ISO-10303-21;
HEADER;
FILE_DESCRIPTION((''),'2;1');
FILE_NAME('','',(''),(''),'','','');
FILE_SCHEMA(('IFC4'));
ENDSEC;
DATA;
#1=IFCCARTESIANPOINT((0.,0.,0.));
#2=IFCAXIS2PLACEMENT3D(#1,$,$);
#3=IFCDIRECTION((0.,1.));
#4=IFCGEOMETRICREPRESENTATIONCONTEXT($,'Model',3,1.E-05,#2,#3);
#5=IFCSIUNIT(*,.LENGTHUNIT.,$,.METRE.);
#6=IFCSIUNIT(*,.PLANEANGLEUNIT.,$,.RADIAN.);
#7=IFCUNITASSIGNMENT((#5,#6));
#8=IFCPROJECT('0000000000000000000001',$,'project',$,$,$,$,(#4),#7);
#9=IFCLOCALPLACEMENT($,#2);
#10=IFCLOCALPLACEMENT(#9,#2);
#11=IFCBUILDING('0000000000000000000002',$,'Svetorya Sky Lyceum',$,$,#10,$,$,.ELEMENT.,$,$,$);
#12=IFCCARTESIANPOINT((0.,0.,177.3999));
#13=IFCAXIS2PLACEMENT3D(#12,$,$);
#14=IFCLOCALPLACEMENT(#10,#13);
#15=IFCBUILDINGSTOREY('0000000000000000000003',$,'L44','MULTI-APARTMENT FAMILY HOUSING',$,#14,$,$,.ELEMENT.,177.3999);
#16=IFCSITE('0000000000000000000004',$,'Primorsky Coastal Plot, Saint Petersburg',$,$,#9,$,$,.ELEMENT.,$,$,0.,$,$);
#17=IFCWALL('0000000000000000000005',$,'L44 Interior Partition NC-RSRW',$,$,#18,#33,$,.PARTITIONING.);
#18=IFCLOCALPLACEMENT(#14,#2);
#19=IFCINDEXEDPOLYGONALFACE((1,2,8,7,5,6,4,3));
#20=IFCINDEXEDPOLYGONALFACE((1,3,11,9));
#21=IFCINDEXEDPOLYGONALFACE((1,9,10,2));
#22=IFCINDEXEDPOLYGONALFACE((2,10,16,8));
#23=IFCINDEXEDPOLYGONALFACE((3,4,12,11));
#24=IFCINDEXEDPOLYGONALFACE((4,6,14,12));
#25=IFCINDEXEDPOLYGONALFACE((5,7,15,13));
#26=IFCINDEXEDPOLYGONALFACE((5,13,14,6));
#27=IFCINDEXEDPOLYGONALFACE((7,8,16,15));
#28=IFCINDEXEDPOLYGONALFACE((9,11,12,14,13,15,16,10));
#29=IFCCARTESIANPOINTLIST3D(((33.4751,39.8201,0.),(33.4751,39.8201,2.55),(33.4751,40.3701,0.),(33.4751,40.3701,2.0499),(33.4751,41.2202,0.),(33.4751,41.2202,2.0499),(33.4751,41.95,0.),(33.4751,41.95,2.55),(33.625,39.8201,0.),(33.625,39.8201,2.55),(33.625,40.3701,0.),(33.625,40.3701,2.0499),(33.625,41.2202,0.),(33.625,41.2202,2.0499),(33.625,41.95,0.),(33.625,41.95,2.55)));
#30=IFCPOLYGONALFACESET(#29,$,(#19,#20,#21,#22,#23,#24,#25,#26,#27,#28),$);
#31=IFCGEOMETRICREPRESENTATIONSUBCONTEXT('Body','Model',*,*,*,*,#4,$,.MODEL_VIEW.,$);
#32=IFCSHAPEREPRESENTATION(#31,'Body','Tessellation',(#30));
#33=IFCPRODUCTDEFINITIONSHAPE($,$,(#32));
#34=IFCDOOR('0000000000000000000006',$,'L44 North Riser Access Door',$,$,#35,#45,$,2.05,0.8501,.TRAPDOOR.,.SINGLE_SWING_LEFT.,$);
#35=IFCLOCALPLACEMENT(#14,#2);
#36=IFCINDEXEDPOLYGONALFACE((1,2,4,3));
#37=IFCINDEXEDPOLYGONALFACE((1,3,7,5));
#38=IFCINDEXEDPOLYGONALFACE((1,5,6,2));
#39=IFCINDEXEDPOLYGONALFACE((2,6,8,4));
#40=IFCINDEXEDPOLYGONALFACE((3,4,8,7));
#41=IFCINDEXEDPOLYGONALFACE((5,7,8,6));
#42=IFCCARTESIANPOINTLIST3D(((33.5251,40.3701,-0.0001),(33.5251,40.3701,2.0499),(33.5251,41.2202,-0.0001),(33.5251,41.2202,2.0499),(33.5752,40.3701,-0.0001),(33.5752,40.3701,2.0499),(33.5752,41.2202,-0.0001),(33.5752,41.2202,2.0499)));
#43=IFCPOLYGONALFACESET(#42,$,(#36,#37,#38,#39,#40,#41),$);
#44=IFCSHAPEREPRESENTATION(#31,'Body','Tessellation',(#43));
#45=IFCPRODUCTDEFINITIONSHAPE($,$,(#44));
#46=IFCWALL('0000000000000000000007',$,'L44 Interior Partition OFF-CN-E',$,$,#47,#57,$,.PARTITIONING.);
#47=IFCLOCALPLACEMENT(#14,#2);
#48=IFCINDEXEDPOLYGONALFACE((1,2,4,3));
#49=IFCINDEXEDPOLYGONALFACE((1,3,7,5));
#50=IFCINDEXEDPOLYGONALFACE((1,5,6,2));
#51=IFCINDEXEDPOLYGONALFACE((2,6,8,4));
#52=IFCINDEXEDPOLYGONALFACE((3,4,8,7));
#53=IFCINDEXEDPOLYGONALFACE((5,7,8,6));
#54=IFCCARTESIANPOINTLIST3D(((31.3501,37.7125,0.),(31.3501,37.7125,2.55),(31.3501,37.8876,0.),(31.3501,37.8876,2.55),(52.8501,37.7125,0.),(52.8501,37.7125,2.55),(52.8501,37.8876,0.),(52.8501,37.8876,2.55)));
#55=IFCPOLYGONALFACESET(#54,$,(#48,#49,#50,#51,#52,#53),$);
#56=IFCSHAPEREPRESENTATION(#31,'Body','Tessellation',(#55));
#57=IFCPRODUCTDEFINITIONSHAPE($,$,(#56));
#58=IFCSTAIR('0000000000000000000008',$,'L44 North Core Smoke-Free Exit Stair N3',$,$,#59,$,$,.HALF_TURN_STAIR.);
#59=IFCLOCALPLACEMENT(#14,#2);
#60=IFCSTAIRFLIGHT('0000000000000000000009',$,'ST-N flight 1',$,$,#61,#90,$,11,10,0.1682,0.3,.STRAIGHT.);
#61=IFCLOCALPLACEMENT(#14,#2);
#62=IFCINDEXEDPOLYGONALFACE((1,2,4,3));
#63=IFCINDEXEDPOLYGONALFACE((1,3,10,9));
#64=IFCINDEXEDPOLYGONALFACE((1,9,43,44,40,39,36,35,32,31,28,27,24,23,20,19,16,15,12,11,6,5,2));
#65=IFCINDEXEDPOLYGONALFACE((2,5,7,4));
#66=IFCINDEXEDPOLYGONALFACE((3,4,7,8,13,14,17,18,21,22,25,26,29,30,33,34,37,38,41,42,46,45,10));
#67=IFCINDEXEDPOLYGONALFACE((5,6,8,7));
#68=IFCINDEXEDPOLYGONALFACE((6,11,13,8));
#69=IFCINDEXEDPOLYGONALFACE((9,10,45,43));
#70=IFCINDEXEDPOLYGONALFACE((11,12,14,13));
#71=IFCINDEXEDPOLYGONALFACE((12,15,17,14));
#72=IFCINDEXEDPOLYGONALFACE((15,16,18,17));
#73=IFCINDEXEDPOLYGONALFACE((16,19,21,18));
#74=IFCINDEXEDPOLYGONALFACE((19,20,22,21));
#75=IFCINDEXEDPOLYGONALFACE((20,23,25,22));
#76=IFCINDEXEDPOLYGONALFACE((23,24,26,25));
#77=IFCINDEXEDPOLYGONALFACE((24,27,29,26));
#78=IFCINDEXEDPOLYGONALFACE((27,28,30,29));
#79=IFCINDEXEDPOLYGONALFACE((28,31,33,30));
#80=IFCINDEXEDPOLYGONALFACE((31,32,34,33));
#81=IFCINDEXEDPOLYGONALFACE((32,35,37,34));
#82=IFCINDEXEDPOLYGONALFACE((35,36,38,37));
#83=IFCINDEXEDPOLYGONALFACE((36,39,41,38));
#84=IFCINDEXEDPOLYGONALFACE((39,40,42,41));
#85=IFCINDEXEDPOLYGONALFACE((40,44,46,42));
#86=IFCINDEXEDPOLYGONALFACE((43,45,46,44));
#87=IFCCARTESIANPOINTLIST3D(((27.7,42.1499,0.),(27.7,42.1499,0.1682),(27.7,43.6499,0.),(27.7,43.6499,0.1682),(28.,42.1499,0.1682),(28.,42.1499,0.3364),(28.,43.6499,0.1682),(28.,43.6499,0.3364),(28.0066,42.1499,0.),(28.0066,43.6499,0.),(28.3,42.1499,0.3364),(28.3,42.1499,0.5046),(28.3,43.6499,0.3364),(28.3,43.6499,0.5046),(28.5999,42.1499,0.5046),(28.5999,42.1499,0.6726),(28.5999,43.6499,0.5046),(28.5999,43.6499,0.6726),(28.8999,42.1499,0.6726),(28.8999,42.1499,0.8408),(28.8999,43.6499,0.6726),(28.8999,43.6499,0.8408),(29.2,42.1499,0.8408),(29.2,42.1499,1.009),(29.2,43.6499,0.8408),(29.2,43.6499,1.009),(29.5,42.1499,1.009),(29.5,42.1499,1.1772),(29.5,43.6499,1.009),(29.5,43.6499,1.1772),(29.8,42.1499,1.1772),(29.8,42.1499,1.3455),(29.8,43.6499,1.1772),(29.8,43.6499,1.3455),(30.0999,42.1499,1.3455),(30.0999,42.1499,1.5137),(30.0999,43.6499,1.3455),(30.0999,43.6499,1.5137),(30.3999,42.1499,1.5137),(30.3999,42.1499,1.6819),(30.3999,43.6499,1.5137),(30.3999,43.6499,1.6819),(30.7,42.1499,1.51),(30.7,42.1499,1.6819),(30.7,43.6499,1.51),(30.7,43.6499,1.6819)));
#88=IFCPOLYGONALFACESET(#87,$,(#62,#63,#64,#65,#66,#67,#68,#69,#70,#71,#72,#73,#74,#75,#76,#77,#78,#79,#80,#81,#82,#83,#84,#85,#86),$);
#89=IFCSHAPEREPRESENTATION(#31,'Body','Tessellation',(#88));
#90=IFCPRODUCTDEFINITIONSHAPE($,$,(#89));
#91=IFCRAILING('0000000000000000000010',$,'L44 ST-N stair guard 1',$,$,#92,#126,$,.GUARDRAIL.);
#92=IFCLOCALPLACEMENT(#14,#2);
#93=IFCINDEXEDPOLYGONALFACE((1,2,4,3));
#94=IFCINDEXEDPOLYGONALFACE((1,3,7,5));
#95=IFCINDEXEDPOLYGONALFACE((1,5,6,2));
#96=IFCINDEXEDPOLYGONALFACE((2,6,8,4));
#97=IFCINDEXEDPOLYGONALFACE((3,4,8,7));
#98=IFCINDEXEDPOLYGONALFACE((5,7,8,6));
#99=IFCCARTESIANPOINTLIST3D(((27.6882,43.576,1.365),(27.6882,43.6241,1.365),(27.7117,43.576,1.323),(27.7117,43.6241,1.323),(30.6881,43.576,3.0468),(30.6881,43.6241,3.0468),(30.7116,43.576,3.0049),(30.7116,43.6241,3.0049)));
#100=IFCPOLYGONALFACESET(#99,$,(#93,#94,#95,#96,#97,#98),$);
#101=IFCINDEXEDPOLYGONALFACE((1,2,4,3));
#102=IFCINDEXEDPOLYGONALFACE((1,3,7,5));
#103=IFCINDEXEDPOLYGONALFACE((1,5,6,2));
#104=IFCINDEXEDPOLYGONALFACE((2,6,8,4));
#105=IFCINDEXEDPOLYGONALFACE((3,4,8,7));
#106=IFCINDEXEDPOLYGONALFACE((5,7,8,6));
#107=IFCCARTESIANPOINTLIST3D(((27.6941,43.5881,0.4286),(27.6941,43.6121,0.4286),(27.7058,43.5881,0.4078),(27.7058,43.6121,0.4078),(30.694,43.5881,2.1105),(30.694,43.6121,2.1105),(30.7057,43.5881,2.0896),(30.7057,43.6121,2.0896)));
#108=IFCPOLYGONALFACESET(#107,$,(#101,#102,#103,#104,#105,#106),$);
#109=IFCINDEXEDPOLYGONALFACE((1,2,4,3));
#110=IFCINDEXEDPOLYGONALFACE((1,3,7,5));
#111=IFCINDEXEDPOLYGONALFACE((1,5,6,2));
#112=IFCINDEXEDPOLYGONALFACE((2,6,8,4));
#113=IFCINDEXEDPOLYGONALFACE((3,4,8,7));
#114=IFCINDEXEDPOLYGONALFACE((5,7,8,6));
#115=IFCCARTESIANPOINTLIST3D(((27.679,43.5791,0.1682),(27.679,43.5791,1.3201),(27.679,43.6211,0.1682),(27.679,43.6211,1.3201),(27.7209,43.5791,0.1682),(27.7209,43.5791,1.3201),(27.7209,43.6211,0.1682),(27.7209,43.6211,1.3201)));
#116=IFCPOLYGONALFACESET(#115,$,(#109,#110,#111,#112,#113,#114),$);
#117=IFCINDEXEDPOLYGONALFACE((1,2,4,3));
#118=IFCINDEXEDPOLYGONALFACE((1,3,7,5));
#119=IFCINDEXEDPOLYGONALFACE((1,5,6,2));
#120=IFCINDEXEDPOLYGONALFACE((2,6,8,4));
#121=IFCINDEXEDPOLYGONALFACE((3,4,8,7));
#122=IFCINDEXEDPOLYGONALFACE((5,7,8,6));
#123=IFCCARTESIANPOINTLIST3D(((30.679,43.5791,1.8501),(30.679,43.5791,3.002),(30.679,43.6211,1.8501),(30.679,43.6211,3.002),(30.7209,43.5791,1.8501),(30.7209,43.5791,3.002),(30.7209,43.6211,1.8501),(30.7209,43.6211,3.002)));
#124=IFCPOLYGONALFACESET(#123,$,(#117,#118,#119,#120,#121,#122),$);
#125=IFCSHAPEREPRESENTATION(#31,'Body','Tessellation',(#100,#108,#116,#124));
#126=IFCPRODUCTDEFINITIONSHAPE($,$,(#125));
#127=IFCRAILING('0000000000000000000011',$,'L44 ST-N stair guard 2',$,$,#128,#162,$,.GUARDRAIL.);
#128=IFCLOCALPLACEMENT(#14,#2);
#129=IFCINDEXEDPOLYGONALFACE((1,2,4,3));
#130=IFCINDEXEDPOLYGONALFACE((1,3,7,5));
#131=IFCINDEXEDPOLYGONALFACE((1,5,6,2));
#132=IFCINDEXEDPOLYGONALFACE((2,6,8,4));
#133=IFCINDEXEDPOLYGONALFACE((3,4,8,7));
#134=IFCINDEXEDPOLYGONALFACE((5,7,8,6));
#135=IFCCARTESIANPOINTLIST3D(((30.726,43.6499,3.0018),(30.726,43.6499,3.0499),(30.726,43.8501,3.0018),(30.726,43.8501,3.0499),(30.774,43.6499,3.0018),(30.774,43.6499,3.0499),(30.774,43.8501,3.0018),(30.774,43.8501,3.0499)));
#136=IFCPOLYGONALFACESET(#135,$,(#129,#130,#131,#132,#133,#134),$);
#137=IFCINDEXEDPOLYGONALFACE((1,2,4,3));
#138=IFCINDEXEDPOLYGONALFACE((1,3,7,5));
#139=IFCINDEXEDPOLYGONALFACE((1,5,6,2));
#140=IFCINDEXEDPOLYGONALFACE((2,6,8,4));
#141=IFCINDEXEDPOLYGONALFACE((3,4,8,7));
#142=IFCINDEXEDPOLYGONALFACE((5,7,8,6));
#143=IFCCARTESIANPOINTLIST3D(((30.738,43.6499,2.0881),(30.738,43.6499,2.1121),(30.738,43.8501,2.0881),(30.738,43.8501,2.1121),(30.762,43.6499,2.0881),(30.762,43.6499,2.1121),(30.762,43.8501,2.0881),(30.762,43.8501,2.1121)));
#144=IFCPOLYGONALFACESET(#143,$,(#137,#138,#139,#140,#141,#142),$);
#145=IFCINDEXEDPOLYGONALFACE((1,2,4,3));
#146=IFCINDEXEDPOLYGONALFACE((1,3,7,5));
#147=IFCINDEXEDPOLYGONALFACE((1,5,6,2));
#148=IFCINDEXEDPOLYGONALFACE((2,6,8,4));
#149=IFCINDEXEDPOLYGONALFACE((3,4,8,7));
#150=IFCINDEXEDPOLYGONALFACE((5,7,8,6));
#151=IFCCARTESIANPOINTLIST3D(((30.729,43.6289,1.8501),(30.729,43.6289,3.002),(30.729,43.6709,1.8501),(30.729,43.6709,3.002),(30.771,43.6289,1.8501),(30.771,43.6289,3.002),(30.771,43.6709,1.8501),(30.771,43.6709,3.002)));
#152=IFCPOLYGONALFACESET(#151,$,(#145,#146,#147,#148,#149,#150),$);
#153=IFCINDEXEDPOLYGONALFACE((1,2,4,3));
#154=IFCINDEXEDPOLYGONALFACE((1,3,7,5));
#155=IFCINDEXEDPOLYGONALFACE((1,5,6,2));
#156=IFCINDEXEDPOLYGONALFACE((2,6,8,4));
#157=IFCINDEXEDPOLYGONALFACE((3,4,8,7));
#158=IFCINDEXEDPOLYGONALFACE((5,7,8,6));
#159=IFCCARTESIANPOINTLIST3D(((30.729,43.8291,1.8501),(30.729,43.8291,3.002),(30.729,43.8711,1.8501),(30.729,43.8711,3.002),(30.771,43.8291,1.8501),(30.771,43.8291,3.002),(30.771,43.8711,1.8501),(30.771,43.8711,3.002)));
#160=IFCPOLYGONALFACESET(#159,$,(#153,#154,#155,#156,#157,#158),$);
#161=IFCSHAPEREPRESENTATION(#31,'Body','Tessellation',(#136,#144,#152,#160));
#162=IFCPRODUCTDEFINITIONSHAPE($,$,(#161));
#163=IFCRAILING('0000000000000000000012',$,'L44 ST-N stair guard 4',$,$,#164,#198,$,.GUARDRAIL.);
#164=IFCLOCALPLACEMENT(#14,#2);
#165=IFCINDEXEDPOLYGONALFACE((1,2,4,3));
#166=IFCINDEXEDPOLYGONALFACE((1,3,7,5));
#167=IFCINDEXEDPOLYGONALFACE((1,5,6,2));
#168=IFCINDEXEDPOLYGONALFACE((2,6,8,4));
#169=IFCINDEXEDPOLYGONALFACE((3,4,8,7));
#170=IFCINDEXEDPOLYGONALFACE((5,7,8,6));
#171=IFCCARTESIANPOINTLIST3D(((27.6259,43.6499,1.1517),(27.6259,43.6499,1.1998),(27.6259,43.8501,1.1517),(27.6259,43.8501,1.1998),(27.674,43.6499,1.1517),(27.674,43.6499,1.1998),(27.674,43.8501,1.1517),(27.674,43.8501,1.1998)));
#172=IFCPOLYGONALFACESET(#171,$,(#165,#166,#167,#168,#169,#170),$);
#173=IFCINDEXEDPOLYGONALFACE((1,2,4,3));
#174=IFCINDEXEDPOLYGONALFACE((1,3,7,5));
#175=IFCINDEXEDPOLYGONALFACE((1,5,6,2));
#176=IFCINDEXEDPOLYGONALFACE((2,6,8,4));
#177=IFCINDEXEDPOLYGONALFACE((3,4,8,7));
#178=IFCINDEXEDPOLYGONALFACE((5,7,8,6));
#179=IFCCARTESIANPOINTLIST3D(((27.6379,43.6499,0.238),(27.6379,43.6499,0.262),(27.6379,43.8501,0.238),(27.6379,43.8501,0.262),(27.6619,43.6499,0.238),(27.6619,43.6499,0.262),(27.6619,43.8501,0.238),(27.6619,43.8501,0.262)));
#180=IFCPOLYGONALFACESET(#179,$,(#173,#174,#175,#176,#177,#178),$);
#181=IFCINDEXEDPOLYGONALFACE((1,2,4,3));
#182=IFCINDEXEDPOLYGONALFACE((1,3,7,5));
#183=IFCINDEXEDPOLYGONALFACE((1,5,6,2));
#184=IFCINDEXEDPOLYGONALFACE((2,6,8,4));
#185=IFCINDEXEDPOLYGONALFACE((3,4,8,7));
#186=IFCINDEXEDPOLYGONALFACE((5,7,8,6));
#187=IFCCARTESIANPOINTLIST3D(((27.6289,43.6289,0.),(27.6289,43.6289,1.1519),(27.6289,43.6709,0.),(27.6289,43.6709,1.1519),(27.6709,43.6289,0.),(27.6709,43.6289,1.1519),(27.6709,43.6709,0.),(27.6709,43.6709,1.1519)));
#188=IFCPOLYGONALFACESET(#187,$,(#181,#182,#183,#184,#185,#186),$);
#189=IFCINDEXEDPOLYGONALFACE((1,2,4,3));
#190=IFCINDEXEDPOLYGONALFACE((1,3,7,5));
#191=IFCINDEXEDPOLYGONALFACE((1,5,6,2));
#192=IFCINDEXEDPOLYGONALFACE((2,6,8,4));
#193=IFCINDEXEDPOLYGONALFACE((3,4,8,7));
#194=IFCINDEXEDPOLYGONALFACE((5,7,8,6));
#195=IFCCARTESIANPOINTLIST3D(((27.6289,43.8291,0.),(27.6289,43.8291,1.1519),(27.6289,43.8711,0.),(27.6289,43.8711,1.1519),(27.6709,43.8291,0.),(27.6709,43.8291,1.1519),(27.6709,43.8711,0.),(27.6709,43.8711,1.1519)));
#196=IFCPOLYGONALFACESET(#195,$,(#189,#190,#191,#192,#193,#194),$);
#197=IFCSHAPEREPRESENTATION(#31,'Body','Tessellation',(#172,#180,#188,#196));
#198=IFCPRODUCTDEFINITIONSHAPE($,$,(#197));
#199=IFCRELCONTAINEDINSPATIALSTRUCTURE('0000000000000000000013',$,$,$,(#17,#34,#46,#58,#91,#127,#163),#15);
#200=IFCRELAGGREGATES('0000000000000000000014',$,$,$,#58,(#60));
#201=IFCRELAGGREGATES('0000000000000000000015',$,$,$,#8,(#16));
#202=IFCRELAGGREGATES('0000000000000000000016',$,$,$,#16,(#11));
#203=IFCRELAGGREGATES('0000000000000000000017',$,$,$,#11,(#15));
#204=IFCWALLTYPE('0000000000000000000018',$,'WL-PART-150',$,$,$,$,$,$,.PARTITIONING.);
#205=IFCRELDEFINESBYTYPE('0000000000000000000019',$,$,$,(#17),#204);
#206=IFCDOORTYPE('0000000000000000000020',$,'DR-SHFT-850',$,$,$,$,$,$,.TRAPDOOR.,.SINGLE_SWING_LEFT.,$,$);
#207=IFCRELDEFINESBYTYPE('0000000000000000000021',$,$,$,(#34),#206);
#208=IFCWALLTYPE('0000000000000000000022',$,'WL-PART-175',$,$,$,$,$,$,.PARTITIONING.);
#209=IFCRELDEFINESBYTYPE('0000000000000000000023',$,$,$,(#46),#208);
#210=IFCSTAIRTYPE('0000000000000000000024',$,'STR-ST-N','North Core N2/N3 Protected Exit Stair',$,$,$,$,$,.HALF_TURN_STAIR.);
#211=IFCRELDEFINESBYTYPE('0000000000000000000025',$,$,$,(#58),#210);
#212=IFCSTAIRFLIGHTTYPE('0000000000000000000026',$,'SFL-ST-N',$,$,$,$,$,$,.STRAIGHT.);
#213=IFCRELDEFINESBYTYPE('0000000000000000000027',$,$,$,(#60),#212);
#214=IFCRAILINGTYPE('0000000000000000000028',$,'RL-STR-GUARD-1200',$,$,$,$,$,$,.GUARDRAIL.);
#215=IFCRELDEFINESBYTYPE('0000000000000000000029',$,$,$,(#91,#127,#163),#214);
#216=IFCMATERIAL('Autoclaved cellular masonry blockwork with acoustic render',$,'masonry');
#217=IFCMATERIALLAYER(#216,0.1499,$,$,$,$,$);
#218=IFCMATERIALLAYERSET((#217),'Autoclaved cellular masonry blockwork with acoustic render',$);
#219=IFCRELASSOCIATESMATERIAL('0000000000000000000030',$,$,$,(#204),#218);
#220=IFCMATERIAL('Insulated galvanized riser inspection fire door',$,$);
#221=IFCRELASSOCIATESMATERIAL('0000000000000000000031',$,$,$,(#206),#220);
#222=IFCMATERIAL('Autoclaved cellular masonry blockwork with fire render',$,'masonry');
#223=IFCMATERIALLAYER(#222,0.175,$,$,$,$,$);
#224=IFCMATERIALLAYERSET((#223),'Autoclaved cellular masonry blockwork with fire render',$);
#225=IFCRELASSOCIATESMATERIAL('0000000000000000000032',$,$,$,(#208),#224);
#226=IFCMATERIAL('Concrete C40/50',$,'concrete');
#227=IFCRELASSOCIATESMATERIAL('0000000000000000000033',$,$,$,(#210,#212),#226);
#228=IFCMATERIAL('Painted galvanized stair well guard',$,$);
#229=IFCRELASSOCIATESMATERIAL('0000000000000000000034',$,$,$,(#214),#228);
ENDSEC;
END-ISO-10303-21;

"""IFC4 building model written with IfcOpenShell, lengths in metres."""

from ifc_helpers import new_model, si_unit, direction, frame, frame_2d, origin, origin_2d, place, context, subcontext, project, spatial, polyline, rectangle, outline, extrude, material, layer, layer_set, type_object, element, fill, aggregate, save


model = new_model("IFC4")

# Units and contexts
model_context = context("Model", 3, precision=1e-05, world=origin(), true_north=direction((0.0, 1.0)))
body_context = subcontext(model_context, "Body", "Model", "MODEL_VIEW")
ifc_project = project(units=[si_unit("LENGTHUNIT", "METRE"), si_unit("PLANEANGLEUNIT", "RADIAN")], contexts=[model_context])

# Site, building, storey
site_placement = place(None, origin())
site = spatial("IfcSite", under=ifc_project, at=site_placement, Name="Primorsky Coastal Plot, Saint Petersburg", CompositionType="ELEMENT", RefElevation=0.0)
building_placement = place(site_placement, origin())
building = spatial("IfcBuilding", under=site, at=building_placement, Name="Svetorya Sky Lyceum", CompositionType="ELEMENT")
storey_placement = place(building_placement, frame((0.0, 0.0, 177.3999)))
storey = spatial("IfcBuildingStorey", under=building, at=storey_placement, Name="L44", Description="MULTI-APARTMENT FAMILY HOUSING", CompositionType="ELEMENT", Elevation=177.3999)

# Shared definitions
ifc_material_1 = material(Name="Concrete C40/50", Category="concrete")

# Wall, opening, door
ifc_material_2 = material(Name="Autoclaved cellular masonry blockwork with acoustic render", Category="masonry")
ifc_layer_1 = layer(ifc_material_2, 0.1499)
ifc_layer_set_1 = layer_set([ifc_layer_1], Name="Autoclaved cellular masonry blockwork with acoustic render")
wall_type_1 = type_object("IfcWallType", Name="WL-PART-150", PredefinedType="PARTITIONING", material=ifc_layer_set_1)
wall_1_placement = place(storey_placement, frame((33.55, 39.8201, 0.0), z_axis=(0.0, 0.0, 1.0), x_axis=(0.0, 1.0, 0.0)))
wall_1 = element("IfcWall", 1, at=wall_1_placement, inside=storey, type_object=wall_type_1, Name="L44 Interior Partition NC-RSRW", PredefinedType="PARTITIONING", context=body_context, shape_type="SweptSolid", body=[
    extrude(rectangle(XDim=2.1299, YDim=0.1499, at=frame_2d((1.0649, 0.0))), origin(), (0.0, 0.0, 1.0), 2.55),
])
opening_placement = place(wall_1_placement, frame((0.55, 0.0, 0.0)))
opening = element("IfcOpeningElement", 2, at=opening_placement, cuts=wall_1, PredefinedType="OPENING", context=body_context, shape_type="SweptSolid", body=[
    extrude(rectangle(XDim=0.8501, YDim=2.05, at=frame_2d((0.425, 1.0249))), frame((0.0, 0.085, 0.0), z_axis=(0.0, -1.0, 0.0), x_axis=(1.0, 0.0, 0.0)), (0.0, 0.0, 1.0), 0.1699),
])
ifc_material_3 = material(Name="Insulated galvanized riser inspection fire door")
door_type = type_object("IfcDoorType", Name="DR-SHFT-850", OperationType="SINGLE_SWING_LEFT", PredefinedType="TRAPDOOR", material=ifc_material_3)
door_placement = place(opening_placement, origin())
door = element("IfcDoor", 3, at=door_placement, inside=storey, type_object=door_type, Name="L44 North Riser Access Door", OperationType="SINGLE_SWING_LEFT", OverallHeight=2.05, OverallWidth=0.8501, PredefinedType="TRAPDOOR", context=body_context, shape_type="SweptSolid", body=[
    extrude(rectangle(XDim=0.8501, YDim=2.05, at=frame_2d((0.425, 1.0249))), frame((0.0, 0.0249, 0.0), z_axis=(0.0, -1.0, 0.0), x_axis=(1.0, 0.0, 0.0)), (0.0, 0.0, 1.0), 0.05),
])
fill(opening, door)

# Wall
ifc_material_4 = material(Name="Autoclaved cellular masonry blockwork with fire render", Category="masonry")
ifc_layer_2 = layer(ifc_material_4, 0.175)
ifc_layer_set_2 = layer_set([ifc_layer_2], Name="Autoclaved cellular masonry blockwork with fire render")
wall_type_2 = type_object("IfcWallType", Name="WL-PART-175", PredefinedType="PARTITIONING", material=ifc_layer_set_2)
wall_2_placement = place(storey_placement, frame((31.3501, 37.8, 0.0), z_axis=(0.0, 0.0, 1.0), x_axis=(1.0, 0.0, 0.0)))
element("IfcWall", 4, at=wall_2_placement, inside=storey, type_object=wall_type_2, Name="L44 Interior Partition OFF-CN-E", PredefinedType="PARTITIONING", context=body_context, shape_type="SweptSolid", body=[
    extrude(rectangle(XDim=21.5, YDim=0.175, at=frame_2d((10.75, 0.0))), origin(), (0.0, 0.0, 1.0), 2.55),
])

# Stair, stair flight
stair_type = type_object("IfcStairType", Name="STR-ST-N", Description="North Core N2/N3 Protected Exit Stair", PredefinedType="HALF_TURN_STAIR", material=ifc_material_1)
stair_placement = place(storey_placement, origin())
stair = element("IfcStair", 5, at=stair_placement, inside=storey, type_object=stair_type, Name="L44 North Core Smoke-Free Exit Stair N3", PredefinedType="HALF_TURN_STAIR")
stair_flight_type = type_object("IfcStairFlightType", Name="SFL-ST-N", PredefinedType="STRAIGHT", material=ifc_material_1)
stair_flight_placement = place(storey_placement, frame((27.7, 42.8999, 0.0), z_axis=(0.0, 0.0, 1.0), x_axis=(1.0, 0.0, 0.0)))
stair_flight = element("IfcStairFlight", 6, at=stair_flight_placement, type_object=stair_flight_type, Name="ST-N flight 1", NumberOfRisers=11, NumberOfTreads=10, PredefinedType="STRAIGHT", RiserHeight=0.1682, TreadLength=0.3, context=body_context, shape_type="SweptSolid", body=[
    extrude(outline(polyline([(0.0, 0.0), (0.0, 0.1682), (0.3, 0.1682), (0.3, 0.3364), (0.6001, 0.3364), (0.6001, 0.5046), (0.8999, 0.5046), (0.8999, 0.6726), (1.2, 0.6726), (1.2, 0.8408), (1.5, 0.8408), (1.5, 1.009), (1.8, 1.009), (1.8, 1.1772), (2.1001, 1.1772), (2.1001, 1.3455), (2.3999, 1.3455), (2.3999, 1.5137), (2.7, 1.5137), (2.7, 1.6819), (3.0, 1.6819), (3.0, 1.8501), (3.0, 1.51), (0.3066, 0.0), (0.0, 0.0)])), frame((0.0, 0.75, 0.0), z_axis=(0.0, -1.0, 0.0), x_axis=(1.0, 0.0, 0.0)), (0.0, 0.0, 1.0), 1.5),
])
aggregate(stair, [stair_flight])

# Railings
ifc_material_5 = material(Name="Painted galvanized stair well guard")
railing_type_1 = type_object("IfcRailingType", Name="RL-STR-GUARD-1200", PredefinedType="GUARDRAIL", material=ifc_material_5)
railing_1_placement = place(storey_placement, frame((27.7, 43.6001, 0.1682)))
element("IfcRailing", 7, at=railing_1_placement, inside=storey, type_object=railing_type_1, Name="L44 ST-N stair guard 1", PredefinedType="GUARDRAIL", context=body_context, shape_type="SweptSolid", body=[
    extrude(rectangle(XDim=0.0481, YDim=0.0481, at=origin_2d()), frame((0.0, 0.0, 1.1758), z_axis=(0.872272, 0.0, 0.48902), x_axis=(0.0, 1.0, 0.0)), (0.0, 0.0, 1.0), 3.4392),
    extrude(rectangle(XDim=0.0239, YDim=0.0239, at=origin_2d()), frame((0.0, 0.0, 0.25), z_axis=(0.872272, 0.0, 0.48902), x_axis=(0.0, 1.0, 0.0)), (0.0, 0.0, 1.0), 3.4392),
    extrude(rectangle(XDim=0.042, YDim=0.042, at=origin_2d()), origin(), (0.0, 0.0, 1.0), 1.1519),
    extrude(rectangle(XDim=0.042, YDim=0.042, at=origin_2d()), frame((3.0, 0.0, 1.6819)), (0.0, 0.0, 1.0), 1.1519),
])
for number, where, name in (
    (8, (30.75, 43.6499, 1.8501), "L44 ST-N stair guard 2"),
    (9, (27.6499, 43.6499, 0.0), "L44 ST-N stair guard 4"),
):
    element("IfcRailing", number, at=place(storey_placement, frame(where)), inside=storey, type_object=railing_type_1, Name=name, PredefinedType="GUARDRAIL", context=body_context, shape_type="SweptSolid", body=[
        extrude(rectangle(XDim=0.0481, YDim=0.0481, at=origin_2d()), frame((0.0, 0.0, 1.1758), z_axis=(0.0, 1.0, 0.0), x_axis=(-1.0, 0.0, 0.0)), (0.0, 0.0, 1.0), 0.2002),
        extrude(rectangle(XDim=0.0239, YDim=0.0239, at=origin_2d()), frame((0.0, 0.0, 0.25), z_axis=(0.0, 1.0, 0.0), x_axis=(-1.0, 0.0, 0.0)), (0.0, 0.0, 1.0), 0.2002),
        extrude(rectangle(XDim=0.042, YDim=0.042, at=origin_2d()), origin(), (0.0, 0.0, 1.0), 1.1519),
        extrude(rectangle(XDim=0.042, YDim=0.042, at=origin_2d()), frame((0.0, 0.2002, 0.0)), (0.0, 0.0, 1.0), 1.1519),
    ])

save(model, "model.ifc")
